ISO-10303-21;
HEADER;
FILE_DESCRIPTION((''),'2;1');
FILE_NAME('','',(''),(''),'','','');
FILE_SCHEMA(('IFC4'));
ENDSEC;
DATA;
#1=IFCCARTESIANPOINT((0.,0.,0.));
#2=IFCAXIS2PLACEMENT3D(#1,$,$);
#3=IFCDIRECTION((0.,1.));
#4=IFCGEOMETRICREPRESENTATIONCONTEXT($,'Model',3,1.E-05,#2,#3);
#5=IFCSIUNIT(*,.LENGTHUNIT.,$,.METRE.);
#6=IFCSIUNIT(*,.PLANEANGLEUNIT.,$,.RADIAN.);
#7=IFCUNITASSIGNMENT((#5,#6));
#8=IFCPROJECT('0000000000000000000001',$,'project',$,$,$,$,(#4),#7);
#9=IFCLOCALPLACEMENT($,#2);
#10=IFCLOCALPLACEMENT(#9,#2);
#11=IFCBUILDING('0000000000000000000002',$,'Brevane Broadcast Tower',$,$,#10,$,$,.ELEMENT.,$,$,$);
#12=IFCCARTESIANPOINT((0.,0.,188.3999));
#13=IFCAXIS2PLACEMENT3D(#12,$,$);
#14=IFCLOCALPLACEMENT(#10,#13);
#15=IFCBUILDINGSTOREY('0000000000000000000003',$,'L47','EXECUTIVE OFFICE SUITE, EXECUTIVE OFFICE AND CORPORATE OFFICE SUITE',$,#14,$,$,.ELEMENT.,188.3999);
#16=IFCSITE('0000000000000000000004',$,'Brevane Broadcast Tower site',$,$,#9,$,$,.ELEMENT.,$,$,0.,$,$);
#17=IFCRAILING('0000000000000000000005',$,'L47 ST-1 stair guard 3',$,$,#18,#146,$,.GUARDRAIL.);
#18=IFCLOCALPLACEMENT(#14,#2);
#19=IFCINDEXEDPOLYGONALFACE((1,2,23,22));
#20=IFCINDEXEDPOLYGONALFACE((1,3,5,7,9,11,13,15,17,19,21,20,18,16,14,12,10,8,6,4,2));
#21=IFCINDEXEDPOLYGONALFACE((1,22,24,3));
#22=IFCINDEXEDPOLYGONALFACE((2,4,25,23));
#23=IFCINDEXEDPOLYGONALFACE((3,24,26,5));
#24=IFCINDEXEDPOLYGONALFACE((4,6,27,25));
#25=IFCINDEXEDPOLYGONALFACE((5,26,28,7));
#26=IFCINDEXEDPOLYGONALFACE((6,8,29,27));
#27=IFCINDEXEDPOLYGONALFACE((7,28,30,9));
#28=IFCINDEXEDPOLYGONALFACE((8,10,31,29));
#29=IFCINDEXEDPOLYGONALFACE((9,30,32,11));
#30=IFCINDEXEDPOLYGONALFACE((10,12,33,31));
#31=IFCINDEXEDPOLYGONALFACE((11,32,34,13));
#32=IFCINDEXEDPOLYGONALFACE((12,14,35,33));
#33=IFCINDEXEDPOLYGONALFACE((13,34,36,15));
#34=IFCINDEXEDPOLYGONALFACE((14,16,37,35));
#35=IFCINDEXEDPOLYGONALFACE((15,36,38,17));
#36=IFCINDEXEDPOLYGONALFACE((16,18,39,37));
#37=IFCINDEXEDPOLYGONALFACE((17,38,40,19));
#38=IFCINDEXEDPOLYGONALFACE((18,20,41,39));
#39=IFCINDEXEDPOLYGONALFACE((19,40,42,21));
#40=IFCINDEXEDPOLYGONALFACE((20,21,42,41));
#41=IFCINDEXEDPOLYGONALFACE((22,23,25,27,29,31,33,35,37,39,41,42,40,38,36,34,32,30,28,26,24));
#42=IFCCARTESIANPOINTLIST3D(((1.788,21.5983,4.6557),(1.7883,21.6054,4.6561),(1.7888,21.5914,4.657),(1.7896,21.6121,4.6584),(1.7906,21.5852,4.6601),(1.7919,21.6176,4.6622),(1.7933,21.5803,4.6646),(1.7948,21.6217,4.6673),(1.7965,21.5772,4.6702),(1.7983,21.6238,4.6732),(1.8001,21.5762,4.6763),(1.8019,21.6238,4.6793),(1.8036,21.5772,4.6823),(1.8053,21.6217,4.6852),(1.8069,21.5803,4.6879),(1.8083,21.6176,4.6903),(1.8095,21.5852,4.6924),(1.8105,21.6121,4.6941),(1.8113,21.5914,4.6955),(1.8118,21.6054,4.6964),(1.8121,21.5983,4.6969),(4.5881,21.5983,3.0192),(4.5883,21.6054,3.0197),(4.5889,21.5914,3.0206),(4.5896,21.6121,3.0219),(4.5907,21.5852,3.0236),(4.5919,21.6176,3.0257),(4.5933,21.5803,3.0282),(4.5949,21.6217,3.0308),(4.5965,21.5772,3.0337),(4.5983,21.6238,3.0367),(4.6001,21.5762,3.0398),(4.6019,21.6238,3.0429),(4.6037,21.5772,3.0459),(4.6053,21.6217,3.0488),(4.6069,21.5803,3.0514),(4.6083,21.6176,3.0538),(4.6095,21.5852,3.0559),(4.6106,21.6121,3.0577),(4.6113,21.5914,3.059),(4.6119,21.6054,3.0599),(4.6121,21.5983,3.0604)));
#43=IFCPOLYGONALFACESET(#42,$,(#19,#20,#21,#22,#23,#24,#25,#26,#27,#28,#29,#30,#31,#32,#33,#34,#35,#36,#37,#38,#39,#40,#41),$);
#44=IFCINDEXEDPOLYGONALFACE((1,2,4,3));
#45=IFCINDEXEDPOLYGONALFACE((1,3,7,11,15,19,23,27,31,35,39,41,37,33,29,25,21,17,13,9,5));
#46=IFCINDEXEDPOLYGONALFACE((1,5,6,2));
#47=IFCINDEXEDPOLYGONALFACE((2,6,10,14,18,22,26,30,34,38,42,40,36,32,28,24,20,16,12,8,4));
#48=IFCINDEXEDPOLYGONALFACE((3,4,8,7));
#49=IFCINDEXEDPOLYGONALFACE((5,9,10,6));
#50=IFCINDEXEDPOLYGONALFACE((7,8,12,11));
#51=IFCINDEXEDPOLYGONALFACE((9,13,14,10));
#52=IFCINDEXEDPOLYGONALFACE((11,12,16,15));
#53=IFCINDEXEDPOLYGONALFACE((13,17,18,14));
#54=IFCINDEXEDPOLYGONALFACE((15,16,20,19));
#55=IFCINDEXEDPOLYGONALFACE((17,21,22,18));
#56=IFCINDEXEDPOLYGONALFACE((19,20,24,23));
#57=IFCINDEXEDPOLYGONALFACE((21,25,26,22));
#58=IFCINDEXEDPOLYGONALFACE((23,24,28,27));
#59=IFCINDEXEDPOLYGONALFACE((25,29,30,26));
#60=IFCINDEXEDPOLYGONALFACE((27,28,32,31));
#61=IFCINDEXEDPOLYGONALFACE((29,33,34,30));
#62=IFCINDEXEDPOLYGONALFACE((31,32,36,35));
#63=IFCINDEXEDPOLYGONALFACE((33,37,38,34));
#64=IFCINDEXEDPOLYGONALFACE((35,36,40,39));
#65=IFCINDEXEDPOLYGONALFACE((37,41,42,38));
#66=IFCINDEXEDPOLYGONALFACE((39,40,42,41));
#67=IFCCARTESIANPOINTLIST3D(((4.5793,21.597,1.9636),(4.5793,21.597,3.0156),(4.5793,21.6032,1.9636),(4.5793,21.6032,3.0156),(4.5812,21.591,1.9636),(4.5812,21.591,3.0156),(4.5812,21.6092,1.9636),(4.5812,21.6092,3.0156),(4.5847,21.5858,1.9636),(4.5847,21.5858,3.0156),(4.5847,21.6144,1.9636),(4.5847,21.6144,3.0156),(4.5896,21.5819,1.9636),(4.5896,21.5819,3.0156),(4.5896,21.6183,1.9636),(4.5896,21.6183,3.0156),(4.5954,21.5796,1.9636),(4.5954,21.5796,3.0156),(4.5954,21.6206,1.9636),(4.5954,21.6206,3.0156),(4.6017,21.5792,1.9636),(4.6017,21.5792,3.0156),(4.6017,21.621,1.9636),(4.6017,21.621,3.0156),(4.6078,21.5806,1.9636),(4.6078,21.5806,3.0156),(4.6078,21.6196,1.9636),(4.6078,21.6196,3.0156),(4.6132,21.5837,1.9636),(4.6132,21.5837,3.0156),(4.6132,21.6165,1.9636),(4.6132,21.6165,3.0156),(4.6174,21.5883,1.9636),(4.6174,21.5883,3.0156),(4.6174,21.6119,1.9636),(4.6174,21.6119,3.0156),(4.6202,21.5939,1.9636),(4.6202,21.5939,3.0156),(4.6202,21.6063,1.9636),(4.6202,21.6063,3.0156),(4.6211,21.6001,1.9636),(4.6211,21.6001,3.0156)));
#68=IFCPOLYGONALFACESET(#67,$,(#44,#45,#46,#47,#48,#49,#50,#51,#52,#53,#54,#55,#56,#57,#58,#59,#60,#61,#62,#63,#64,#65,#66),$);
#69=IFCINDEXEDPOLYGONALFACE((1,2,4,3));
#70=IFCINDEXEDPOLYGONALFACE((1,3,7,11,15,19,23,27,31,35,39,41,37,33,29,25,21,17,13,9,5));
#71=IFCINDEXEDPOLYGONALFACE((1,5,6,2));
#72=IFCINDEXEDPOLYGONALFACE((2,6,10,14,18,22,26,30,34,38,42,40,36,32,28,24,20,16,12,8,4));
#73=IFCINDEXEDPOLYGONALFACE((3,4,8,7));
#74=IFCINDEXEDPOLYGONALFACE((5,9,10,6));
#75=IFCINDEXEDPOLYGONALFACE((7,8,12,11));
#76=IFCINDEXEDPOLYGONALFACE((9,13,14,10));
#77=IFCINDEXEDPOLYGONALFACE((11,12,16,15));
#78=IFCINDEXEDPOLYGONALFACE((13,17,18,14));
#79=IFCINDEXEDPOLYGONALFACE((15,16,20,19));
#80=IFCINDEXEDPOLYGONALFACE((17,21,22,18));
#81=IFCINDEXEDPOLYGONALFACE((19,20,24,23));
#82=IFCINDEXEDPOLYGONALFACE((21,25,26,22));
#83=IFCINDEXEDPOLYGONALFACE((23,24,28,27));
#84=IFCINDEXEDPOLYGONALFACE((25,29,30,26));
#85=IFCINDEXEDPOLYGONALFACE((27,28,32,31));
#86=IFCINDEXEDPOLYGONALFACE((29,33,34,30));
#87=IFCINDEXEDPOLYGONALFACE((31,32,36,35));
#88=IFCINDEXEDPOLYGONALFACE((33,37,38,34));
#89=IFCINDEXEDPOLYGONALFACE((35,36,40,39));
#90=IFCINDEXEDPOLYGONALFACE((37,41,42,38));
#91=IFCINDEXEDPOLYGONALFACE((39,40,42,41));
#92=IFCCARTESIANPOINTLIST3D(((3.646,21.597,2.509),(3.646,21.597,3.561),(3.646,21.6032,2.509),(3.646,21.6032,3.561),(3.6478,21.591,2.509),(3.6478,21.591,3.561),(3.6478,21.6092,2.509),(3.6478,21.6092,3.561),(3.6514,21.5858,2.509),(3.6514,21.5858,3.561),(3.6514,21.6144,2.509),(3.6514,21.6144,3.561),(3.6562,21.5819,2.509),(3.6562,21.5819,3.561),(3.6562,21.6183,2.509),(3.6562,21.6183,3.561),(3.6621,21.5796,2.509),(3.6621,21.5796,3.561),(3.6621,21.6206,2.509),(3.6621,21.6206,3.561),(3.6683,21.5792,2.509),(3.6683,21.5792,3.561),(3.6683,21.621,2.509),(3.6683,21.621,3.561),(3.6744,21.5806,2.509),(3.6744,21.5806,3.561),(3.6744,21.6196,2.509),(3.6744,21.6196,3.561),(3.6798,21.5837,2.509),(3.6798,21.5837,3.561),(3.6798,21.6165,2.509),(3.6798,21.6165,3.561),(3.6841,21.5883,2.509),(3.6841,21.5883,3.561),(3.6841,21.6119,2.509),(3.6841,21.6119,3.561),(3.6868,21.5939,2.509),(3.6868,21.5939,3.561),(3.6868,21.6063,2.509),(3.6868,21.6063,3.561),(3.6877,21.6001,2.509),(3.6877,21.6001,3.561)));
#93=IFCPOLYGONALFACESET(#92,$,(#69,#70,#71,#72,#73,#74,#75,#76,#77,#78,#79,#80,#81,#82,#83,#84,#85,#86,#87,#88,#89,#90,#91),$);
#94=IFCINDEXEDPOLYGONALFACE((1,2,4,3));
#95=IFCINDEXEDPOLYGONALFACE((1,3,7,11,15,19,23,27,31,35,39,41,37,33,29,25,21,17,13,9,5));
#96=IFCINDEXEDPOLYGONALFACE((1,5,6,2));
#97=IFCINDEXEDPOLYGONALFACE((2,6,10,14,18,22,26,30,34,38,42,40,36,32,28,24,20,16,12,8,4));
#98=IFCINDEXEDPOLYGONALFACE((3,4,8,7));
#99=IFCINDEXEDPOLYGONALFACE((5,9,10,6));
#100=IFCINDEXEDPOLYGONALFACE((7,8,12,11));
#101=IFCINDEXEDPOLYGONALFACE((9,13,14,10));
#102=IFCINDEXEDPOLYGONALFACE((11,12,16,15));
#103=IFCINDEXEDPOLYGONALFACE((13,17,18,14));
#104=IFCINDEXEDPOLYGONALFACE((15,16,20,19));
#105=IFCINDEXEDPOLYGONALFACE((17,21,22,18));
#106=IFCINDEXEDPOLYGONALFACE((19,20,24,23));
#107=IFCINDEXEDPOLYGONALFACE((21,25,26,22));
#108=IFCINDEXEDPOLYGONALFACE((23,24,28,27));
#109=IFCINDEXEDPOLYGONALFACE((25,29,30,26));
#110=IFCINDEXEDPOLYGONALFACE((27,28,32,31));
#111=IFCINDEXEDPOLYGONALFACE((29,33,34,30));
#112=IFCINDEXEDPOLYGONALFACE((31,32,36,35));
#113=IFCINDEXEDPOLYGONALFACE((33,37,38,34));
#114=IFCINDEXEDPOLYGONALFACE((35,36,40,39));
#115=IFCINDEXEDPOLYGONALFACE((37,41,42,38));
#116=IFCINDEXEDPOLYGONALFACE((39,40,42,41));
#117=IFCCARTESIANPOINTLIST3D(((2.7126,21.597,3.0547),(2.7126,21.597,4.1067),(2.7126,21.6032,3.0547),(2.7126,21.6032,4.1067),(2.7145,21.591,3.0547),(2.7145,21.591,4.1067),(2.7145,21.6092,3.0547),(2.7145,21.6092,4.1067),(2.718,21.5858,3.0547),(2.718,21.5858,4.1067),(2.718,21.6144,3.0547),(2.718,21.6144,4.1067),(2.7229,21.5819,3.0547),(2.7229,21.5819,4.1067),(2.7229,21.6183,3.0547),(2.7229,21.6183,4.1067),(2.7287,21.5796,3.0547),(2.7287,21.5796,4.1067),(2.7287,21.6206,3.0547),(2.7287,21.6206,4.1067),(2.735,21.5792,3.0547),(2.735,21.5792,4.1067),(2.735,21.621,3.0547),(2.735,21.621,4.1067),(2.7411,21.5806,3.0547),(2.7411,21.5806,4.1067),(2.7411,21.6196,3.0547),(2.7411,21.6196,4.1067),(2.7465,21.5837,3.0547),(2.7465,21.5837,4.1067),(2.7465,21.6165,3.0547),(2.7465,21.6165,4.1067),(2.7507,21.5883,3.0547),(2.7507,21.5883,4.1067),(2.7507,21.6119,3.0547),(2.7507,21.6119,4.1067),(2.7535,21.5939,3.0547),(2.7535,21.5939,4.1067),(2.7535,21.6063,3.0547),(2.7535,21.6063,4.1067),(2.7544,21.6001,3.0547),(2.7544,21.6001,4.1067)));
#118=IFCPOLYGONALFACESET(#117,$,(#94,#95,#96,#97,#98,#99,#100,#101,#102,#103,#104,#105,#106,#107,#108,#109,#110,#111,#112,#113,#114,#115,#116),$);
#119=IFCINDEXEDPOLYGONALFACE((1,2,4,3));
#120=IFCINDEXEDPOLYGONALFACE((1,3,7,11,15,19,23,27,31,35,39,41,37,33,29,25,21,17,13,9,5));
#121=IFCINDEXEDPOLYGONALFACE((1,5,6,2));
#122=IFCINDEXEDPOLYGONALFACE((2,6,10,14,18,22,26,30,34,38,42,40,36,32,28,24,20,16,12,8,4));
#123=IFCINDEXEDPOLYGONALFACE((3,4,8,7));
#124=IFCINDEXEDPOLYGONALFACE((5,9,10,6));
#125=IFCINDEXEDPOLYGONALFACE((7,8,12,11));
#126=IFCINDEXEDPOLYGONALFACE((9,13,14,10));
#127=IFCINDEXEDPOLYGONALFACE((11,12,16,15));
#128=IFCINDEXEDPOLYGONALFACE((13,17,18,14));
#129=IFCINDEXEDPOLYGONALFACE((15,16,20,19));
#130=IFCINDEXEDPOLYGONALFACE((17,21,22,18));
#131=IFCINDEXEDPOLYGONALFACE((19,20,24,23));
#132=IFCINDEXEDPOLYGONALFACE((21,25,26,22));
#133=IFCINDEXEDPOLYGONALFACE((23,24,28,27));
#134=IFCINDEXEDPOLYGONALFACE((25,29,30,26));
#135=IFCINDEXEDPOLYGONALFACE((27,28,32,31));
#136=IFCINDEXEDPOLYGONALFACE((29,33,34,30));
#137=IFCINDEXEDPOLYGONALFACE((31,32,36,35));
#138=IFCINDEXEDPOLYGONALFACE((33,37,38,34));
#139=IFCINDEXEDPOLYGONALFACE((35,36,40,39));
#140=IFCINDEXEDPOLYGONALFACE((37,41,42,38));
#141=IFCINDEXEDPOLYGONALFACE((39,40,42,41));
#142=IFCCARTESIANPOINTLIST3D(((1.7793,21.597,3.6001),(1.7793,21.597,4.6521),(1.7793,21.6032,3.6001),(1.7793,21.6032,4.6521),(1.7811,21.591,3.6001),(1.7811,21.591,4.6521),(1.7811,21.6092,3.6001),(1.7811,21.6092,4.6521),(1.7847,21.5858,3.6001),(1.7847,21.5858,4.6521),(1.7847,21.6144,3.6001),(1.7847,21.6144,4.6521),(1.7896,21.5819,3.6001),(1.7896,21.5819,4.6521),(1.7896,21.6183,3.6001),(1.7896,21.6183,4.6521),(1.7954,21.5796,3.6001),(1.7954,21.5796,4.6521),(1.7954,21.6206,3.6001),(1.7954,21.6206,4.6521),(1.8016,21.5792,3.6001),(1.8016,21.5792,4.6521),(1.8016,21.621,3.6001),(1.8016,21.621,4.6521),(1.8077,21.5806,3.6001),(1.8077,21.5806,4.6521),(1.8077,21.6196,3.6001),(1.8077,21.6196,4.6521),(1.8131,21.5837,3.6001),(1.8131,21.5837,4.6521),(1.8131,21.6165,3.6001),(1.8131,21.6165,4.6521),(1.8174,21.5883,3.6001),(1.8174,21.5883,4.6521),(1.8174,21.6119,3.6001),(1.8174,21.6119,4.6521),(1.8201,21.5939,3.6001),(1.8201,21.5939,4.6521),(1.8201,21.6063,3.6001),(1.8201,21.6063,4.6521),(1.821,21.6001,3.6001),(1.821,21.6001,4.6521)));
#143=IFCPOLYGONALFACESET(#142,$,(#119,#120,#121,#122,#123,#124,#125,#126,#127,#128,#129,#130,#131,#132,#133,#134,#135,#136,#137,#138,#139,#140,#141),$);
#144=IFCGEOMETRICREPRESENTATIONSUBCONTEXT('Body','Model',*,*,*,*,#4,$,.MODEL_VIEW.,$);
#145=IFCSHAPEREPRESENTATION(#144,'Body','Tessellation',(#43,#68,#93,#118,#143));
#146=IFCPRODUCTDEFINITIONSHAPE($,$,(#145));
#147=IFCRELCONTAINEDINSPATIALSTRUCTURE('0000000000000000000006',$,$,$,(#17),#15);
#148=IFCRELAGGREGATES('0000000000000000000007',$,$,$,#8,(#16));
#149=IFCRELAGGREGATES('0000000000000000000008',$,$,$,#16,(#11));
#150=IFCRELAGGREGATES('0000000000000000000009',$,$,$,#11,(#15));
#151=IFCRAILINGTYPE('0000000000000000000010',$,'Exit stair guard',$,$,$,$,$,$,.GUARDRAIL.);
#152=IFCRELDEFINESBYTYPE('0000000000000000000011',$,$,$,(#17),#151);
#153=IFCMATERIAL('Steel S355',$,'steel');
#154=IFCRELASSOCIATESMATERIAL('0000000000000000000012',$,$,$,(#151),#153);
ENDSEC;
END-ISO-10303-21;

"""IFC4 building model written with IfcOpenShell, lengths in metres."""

from ifc_helpers import new_model, si_unit, direction, frame, origin, origin_2d, place, context, subcontext, project, spatial, circle, extrude, material, type_object, element, save


model = new_model("IFC4")

# Units and contexts
model_context = context("Model", 3, precision=1e-05, world=origin(), true_north=direction((0.0, 1.0)))
body_context = subcontext(model_context, "Body", "Model", "MODEL_VIEW")
ifc_project = project(units=[si_unit("LENGTHUNIT", "METRE"), si_unit("PLANEANGLEUNIT", "RADIAN")], contexts=[model_context])

# Site, building, storey
site_placement = place(None, origin())
site = spatial("IfcSite", under=ifc_project, at=site_placement, Name="Brevane Broadcast Tower site", CompositionType="ELEMENT", RefElevation=0.0)
building_placement = place(site_placement, origin())
building = spatial("IfcBuilding", under=site, at=building_placement, Name="Brevane Broadcast Tower", CompositionType="ELEMENT")
storey_placement = place(building_placement, frame((0.0, 0.0, 188.3999)))
storey = spatial("IfcBuildingStorey", under=building, at=storey_placement, Name="L47", Description="EXECUTIVE OFFICE SUITE, EXECUTIVE OFFICE AND CORPORATE OFFICE SUITE", CompositionType="ELEMENT", Elevation=188.3999)

# Railing
ifc_material_1 = material(Name="Steel S355", Category="steel")
railing_type_1 = type_object("IfcRailingType", Name="Exit stair guard", PredefinedType="GUARDRAIL", material=ifc_material_1)
railing_1_placement = place(storey_placement, frame((4.6001, 21.6001, 1.9636)))
element("IfcRailing", 1, at=railing_1_placement, inside=storey, type_object=railing_type_1, Name="L47 ST-1 stair guard 3", PredefinedType="GUARDRAIL", context=body_context, shape_type="SweptSolid", body=[
    extrude(circle(Radius=0.0239, at=origin_2d()), frame((0.0, 0.0, 1.0762), z_axis=(-0.863361, 0.0, 0.504587), x_axis=(0.0, -1.0, 0.0)), (0.0, 0.0, 1.0), 3.2432),
    extrude(circle(Radius=0.021, at=origin_2d()), origin(), (0.0, 0.0, 1.0), 1.052),
    extrude(circle(Radius=0.021, at=origin_2d()), frame((-0.9333, 0.0, 0.5454)), (0.0, 0.0, 1.0), 1.052),
    extrude(circle(Radius=0.021, at=origin_2d()), frame((-1.8667, 0.0, 1.0911)), (0.0, 0.0, 1.0), 1.052),
    extrude(circle(Radius=0.021, at=origin_2d()), frame((-2.8, 0.0, 1.6365)), (0.0, 0.0, 1.0), 1.052),
])

save(model, "model.ifc")
